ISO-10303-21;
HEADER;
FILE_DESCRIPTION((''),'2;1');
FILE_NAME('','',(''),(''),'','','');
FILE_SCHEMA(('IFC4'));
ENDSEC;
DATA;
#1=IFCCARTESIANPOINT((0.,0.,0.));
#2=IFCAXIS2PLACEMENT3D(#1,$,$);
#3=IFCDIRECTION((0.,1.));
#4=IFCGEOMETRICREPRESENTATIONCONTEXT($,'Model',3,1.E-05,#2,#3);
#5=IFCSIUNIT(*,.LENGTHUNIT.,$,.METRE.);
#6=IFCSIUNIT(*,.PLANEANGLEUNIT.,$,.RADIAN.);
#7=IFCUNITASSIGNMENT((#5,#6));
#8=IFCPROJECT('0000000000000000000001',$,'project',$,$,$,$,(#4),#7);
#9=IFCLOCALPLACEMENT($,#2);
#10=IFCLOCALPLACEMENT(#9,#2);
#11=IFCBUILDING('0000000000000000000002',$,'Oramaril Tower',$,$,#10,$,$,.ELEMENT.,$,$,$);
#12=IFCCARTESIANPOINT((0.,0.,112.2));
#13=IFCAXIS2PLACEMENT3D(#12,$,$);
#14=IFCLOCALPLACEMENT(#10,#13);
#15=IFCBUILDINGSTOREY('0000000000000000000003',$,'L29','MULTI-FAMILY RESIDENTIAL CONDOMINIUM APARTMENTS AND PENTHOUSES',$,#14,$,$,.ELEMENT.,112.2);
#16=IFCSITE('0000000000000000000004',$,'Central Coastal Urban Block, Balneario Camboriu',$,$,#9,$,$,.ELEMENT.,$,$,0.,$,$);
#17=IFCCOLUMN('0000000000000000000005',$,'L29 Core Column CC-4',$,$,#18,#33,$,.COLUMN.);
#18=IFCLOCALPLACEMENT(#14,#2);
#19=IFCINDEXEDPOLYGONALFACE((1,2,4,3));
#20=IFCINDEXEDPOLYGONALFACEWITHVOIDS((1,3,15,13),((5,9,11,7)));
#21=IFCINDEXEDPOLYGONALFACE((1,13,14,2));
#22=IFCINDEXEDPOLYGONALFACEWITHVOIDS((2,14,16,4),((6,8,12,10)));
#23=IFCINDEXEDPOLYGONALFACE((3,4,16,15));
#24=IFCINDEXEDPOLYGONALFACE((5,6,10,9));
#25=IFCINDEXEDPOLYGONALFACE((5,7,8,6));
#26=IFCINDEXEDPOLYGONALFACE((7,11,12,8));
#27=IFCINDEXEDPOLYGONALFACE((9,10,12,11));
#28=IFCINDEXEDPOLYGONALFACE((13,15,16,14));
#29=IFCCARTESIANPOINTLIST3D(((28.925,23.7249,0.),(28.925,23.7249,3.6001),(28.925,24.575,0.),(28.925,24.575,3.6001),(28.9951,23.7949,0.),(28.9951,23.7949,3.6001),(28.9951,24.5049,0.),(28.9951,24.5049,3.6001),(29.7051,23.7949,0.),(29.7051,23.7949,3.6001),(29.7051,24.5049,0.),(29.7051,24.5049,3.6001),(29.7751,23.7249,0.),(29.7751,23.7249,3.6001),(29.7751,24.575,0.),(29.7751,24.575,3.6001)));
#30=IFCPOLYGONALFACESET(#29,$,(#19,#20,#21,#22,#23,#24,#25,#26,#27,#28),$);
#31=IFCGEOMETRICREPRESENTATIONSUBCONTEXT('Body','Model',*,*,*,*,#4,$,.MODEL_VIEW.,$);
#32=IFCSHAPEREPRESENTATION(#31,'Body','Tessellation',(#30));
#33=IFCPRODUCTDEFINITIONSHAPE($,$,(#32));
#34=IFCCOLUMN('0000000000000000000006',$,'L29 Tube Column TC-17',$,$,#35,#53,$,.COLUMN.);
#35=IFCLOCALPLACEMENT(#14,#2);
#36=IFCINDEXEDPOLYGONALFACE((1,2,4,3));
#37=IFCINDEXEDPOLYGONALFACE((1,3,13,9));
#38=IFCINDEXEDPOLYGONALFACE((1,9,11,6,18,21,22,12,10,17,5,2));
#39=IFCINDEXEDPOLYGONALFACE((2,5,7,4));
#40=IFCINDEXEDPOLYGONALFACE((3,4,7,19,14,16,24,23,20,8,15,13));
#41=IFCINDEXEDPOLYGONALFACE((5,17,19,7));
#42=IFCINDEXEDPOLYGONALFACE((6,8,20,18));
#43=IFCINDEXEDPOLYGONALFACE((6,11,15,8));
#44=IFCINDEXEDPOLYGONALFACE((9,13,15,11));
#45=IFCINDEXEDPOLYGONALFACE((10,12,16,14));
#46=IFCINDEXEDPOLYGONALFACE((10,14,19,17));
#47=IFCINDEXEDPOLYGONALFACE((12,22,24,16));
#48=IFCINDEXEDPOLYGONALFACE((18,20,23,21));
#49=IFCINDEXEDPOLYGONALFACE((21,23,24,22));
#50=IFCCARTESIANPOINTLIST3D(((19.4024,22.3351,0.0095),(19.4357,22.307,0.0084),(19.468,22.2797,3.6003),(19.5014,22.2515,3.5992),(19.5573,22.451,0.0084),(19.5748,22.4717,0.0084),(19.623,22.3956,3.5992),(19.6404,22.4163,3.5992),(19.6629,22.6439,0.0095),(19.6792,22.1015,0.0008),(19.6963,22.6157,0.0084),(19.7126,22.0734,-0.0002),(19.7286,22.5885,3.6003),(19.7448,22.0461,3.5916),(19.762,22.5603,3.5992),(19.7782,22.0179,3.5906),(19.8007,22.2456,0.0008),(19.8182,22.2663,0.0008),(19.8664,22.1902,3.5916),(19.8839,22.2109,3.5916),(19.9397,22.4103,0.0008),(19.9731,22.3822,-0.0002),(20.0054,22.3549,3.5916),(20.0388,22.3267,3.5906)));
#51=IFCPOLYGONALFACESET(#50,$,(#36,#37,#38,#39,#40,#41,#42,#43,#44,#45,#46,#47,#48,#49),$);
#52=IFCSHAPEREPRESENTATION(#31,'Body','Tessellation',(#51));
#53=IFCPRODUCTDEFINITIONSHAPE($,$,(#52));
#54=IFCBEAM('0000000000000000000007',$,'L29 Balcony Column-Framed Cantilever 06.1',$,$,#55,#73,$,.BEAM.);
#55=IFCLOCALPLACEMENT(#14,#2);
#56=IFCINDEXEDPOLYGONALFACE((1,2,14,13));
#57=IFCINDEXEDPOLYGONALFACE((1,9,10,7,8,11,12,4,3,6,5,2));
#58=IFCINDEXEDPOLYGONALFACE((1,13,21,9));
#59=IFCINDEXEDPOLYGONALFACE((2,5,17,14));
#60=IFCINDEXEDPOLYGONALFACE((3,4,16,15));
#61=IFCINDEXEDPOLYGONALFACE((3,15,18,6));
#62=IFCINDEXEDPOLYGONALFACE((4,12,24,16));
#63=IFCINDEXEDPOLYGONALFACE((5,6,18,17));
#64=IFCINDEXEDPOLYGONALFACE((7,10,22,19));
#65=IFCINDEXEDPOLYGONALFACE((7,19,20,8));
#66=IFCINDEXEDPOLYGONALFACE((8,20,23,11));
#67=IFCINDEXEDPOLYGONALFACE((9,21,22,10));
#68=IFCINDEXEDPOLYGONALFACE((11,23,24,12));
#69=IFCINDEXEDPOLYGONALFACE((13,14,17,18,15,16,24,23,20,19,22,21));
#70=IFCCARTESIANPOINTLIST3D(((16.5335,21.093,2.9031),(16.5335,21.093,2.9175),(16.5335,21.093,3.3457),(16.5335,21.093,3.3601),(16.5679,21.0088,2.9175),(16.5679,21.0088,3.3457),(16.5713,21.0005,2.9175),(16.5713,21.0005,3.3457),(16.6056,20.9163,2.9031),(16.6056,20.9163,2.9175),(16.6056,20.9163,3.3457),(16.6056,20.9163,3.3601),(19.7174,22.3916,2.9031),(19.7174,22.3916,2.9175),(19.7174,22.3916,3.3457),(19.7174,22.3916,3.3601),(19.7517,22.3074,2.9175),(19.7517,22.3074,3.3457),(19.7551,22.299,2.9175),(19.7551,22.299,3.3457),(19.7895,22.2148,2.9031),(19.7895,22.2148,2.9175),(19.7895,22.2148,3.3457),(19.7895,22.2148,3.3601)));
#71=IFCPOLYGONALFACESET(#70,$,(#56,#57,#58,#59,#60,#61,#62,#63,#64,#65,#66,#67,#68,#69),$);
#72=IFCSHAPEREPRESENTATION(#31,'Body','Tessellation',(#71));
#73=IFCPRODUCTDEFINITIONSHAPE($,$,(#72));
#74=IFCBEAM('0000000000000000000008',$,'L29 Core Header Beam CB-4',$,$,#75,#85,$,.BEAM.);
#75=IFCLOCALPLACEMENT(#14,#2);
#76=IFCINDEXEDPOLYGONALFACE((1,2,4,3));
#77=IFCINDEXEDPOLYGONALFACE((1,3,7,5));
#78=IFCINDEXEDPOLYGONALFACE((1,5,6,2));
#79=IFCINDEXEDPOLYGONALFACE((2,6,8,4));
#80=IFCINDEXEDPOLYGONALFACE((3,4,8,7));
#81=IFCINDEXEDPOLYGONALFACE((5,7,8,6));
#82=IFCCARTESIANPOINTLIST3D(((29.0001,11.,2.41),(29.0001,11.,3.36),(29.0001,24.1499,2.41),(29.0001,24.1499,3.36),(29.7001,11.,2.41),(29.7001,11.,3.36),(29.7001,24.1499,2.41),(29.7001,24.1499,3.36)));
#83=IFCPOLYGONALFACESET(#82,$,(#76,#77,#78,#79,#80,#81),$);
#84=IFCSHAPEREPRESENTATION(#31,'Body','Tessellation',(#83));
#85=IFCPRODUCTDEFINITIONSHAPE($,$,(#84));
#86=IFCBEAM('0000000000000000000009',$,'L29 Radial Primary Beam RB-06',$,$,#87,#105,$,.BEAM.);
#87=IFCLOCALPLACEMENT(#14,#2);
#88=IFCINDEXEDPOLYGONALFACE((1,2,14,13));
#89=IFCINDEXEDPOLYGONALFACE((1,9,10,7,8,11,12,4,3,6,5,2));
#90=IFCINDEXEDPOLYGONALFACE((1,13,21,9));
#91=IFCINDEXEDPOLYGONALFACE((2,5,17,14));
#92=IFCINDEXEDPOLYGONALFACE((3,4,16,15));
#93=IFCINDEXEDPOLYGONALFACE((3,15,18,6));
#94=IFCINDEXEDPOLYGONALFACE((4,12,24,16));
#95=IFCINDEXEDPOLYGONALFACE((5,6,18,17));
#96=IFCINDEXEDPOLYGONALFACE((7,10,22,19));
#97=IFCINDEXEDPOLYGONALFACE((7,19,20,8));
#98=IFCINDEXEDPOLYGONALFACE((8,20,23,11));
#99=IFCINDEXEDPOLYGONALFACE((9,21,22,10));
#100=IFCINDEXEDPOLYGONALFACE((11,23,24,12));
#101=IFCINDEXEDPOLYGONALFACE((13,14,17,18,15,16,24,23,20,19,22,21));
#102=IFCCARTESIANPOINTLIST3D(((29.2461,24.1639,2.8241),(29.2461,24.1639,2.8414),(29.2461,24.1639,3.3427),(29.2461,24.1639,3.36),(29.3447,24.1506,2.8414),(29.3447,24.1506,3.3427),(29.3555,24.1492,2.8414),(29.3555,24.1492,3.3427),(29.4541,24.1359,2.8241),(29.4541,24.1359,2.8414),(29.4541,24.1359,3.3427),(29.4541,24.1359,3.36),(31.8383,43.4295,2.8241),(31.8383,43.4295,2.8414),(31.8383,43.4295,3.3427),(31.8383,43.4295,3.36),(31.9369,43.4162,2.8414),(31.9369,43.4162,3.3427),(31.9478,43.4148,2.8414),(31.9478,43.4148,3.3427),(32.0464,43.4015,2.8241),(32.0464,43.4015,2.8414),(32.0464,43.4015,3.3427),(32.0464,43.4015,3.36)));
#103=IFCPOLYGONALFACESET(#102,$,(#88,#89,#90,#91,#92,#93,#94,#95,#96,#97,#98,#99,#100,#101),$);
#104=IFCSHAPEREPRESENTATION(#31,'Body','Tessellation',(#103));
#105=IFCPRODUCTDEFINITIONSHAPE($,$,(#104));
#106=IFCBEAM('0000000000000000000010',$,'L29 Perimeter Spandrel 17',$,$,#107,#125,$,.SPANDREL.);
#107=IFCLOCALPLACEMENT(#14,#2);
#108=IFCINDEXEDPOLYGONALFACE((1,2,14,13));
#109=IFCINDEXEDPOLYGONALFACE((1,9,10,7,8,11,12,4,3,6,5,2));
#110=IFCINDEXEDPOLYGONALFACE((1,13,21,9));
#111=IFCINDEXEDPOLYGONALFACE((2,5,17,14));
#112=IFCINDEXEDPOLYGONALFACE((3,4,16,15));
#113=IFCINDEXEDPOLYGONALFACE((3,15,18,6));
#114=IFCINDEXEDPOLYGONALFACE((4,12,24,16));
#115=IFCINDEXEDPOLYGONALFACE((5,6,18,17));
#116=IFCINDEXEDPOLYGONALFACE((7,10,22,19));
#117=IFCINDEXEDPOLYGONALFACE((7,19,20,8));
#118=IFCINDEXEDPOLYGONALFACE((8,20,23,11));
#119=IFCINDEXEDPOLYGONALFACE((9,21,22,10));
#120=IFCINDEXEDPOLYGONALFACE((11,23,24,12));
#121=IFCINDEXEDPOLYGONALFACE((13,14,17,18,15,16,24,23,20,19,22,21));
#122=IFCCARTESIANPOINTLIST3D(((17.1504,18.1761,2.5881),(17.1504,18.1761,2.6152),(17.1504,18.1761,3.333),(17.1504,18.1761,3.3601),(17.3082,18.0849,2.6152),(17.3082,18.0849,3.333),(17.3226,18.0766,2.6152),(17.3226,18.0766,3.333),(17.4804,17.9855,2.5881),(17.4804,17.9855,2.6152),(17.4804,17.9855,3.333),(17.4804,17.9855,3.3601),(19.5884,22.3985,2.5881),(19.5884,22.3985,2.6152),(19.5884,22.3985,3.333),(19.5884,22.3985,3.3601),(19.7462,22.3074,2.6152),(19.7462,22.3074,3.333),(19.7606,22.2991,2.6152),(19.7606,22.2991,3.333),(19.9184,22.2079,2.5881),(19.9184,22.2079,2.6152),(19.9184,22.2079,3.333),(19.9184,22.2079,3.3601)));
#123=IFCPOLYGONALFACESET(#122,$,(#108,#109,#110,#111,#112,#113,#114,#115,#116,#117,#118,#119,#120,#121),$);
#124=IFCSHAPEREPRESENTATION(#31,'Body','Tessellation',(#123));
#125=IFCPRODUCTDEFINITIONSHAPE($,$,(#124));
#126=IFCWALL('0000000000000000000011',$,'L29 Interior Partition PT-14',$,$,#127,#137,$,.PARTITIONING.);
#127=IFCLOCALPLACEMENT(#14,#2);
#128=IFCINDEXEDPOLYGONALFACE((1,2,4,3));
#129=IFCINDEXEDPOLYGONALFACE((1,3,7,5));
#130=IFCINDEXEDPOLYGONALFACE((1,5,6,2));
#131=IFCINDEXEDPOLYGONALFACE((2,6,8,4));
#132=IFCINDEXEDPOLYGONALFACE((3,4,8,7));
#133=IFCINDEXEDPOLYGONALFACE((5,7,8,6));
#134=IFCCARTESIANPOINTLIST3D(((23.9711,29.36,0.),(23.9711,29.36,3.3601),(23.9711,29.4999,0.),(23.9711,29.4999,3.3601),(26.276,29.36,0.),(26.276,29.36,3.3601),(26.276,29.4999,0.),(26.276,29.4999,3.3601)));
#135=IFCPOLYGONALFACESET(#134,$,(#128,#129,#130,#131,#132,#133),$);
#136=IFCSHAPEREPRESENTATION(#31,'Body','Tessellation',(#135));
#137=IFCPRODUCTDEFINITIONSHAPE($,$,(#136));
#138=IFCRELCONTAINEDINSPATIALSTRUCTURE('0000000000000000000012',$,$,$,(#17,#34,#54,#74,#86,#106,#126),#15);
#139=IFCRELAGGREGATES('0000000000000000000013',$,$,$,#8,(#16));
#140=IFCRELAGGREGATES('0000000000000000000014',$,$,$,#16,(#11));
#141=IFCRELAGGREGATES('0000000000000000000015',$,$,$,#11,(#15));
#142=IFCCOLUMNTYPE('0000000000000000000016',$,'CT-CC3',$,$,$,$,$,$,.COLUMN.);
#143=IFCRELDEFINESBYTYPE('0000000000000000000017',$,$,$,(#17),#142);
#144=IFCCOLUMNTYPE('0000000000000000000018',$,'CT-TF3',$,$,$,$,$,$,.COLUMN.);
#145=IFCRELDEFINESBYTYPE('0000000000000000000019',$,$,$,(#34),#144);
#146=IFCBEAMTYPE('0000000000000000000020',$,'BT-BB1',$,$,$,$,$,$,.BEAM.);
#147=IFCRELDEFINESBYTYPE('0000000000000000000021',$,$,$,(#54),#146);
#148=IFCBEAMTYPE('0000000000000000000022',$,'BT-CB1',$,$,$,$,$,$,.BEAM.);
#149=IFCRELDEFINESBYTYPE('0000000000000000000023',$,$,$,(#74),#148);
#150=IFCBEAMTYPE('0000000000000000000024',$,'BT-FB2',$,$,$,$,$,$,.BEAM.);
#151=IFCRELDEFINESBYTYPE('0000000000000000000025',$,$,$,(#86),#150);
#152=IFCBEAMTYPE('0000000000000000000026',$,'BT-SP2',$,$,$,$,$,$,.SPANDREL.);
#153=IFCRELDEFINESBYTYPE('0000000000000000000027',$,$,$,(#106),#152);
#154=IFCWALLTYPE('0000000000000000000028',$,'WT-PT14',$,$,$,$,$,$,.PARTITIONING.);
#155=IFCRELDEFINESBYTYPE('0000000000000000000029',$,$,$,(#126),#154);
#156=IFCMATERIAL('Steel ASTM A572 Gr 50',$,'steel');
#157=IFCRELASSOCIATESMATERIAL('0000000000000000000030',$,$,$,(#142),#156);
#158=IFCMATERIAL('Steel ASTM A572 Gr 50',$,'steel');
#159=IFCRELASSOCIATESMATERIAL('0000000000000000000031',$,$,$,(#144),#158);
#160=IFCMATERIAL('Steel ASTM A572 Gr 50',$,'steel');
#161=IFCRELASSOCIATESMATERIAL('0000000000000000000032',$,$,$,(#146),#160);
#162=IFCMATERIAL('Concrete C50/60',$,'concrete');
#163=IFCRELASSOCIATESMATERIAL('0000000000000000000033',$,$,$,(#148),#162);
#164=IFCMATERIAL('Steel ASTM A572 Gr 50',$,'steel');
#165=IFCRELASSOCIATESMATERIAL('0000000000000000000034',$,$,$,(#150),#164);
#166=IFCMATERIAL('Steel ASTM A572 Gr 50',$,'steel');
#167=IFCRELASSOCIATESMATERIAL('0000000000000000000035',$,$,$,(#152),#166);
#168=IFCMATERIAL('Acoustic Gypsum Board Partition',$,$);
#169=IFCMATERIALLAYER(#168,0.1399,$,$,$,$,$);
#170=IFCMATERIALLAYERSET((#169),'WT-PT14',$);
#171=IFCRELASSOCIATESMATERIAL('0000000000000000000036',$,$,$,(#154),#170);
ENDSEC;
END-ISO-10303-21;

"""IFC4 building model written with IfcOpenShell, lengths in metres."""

from ifc_helpers import new_model, si_unit, direction, frame, frame_2d, origin, origin_2d, place, context, subcontext, project, spatial, rectangle, hollow_rectangle, i_section, extrude, material, layer, layer_set, material_profile, profile_set, type_object, element, save


model = new_model("IFC4")

# Units and contexts
model_context = context("Model", 3, precision=1e-05, world=origin(), true_north=direction((0.0, 1.0)))
body_context = subcontext(model_context, "Body", "Model", "MODEL_VIEW")
ifc_project = project(units=[si_unit("LENGTHUNIT", "METRE"), si_unit("PLANEANGLEUNIT", "RADIAN")], contexts=[model_context])

# Site, building, storey
site_placement = place(None, origin())
site = spatial("IfcSite", under=ifc_project, at=site_placement, Name="Central Coastal Urban Block, Balneario Camboriu", CompositionType="ELEMENT", RefElevation=0.0)
building_placement = place(site_placement, origin())
building = spatial("IfcBuilding", under=site, at=building_placement, Name="Oramaril Tower", CompositionType="ELEMENT")
storey_placement = place(building_placement, frame((0.0, 0.0, 112.2)))
storey = spatial("IfcBuildingStorey", under=building, at=storey_placement, Name="L29", Description="MULTI-FAMILY RESIDENTIAL CONDOMINIUM APARTMENTS AND PENTHOUSES", CompositionType="ELEMENT", Elevation=112.2)

# Columns
ifc_material_1 = material(Name="Steel ASTM A572 Gr 50", Category="steel")
ifc_material_profile_1 = material_profile(ifc_material_1, hollow_rectangle(XDim=0.8501, YDim=0.8501, WallThickness=0.0701, at=origin_2d()), Name="BOX850X850X70")
ifc_profile_set_1 = profile_set([ifc_material_profile_1], Name="Steel ASTM A572 Gr 50")
column_type_1 = type_object("IfcColumnType", Name="CT-CC3", PredefinedType="COLUMN", material=ifc_profile_set_1)
column_1_placement = place(storey_placement, frame((29.3501, 24.1499, 0.0), z_axis=(0.0, 0.0, 1.0), x_axis=(1.0, 0.0, 0.0)))
element("IfcColumn", 1, at=column_1_placement, inside=storey, type_object=column_type_1, Name="L29 Core Column CC-4", PredefinedType="COLUMN", context=body_context, shape_type="SweptSolid", body=[
    extrude(hollow_rectangle(XDim=0.8501, YDim=0.8501, WallThickness=0.0701, at=origin_2d()), origin(), (0.0, 0.0, 1.0), 3.6001),
])
ifc_material_2 = material(Name="Steel ASTM A572 Gr 50", Category="steel")
ifc_material_profile_2 = material_profile(ifc_material_2, i_section(OverallWidth=0.4041, OverallDepth=0.406, WebThickness=0.0271, FlangeThickness=0.0437, at=origin_2d()), Name="W14X233")
ifc_profile_set_2 = profile_set([ifc_material_profile_2], Name="Steel ASTM A572 Gr 50")
column_type_2 = type_object("IfcColumnType", Name="CT-TF3", PredefinedType="COLUMN", material=ifc_profile_set_2)
column_2_placement = place(storey_placement, frame((19.6877, 22.3586, 0.0046), z_axis=(0.018284, -0.015429, 0.999714), x_axis=(0.644923, 0.764248, 0.0)))
element("IfcColumn", 2, at=column_2_placement, inside=storey, type_object=column_type_2, Name="L29 Tube Column TC-17", PredefinedType="COLUMN", context=body_context, shape_type="SweptSolid", body=[
    extrude(i_section(OverallWidth=0.4041, OverallDepth=0.406, WebThickness=0.0271, FlangeThickness=0.0437, at=origin_2d()), origin(), (0.0, 0.0, 1.0), 3.5918),
])

# Beams
ifc_material_3 = material(Name="Steel ASTM A572 Gr 50", Category="steel")
ifc_material_profile_3 = material_profile(ifc_material_3, i_section(OverallWidth=0.1909, OverallDepth=0.457, WebThickness=0.009, FlangeThickness=0.0144, at=origin_2d()), Name="W18X50")
ifc_profile_set_3 = profile_set([ifc_material_profile_3], Name="Steel ASTM A572 Gr 50")
beam_type_1 = type_object("IfcBeamType", Name="BT-BB1", PredefinedType="BEAM", material=ifc_profile_set_3)
beam_1_placement = place(storey_placement, frame((19.7534, 22.3032, 3.1316), z_axis=(-0.925943, -0.377662, 0.0), x_axis=(0.377662, -0.925943, 0.0)))
element("IfcBeam", 3, at=beam_1_placement, inside=storey, type_object=beam_type_1, Name="L29 Balcony Column-Framed Cantilever 06.1", PredefinedType="BEAM", context=body_context, shape_type="SweptSolid", body=[
    extrude(i_section(OverallWidth=0.1909, OverallDepth=0.457, WebThickness=0.009, FlangeThickness=0.0144, at=origin_2d()), origin(), (0.0, 0.0, 1.0), 3.4385),
])
ifc_material_4 = material(Name="Concrete C50/60", Category="concrete")
ifc_material_profile_4 = material_profile(ifc_material_4, rectangle(XDim=0.7, YDim=0.95, at=origin_2d()), Name="CB700X950")
ifc_profile_set_4 = profile_set([ifc_material_profile_4], Name="Concrete C50/60")
beam_type_2 = type_object("IfcBeamType", Name="BT-CB1", PredefinedType="BEAM", material=ifc_profile_set_4)
beam_2_placement = place(storey_placement, frame((29.3501, 24.1499, 2.885), z_axis=(0.0, -1.0, 0.0), x_axis=(1.0, 0.0, 0.0)))
element("IfcBeam", 4, at=beam_2_placement, inside=storey, type_object=beam_type_2, Name="L29 Core Header Beam CB-4", PredefinedType="BEAM", context=body_context, shape_type="SweptSolid", body=[
    extrude(rectangle(XDim=0.7, YDim=0.95, at=origin_2d()), origin(), (0.0, 0.0, 1.0), 13.1499),
])
ifc_material_5 = material(Name="Steel ASTM A572 Gr 50", Category="steel")
ifc_material_profile_5 = material_profile(ifc_material_5, i_section(OverallWidth=0.21, OverallDepth=0.5359, WebThickness=0.011, FlangeThickness=0.0173, at=origin_2d()), Name="W21X68")
ifc_profile_set_5 = profile_set([ifc_material_profile_5], Name="Steel ASTM A572 Gr 50")
beam_type_3 = type_object("IfcBeamType", Name="BT-FB2", PredefinedType="BEAM", material=ifc_profile_set_5)
beam_3_placement = place(storey_placement, frame((29.3501, 24.1499, 3.092), z_axis=(0.133353, 0.991069, 0.0), x_axis=(-0.991069, 0.133353, 0.0)))
element("IfcBeam", 5, at=beam_3_placement, inside=storey, type_object=beam_type_3, Name="L29 Radial Primary Beam RB-06", PredefinedType="BEAM", context=body_context, shape_type="SweptSolid", body=[
    extrude(i_section(OverallWidth=0.21, OverallDepth=0.5359, WebThickness=0.011, FlangeThickness=0.0173, at=origin_2d()), origin(), (0.0, 0.0, 1.0), 19.4392),
])
ifc_material_6 = material(Name="Steel ASTM A572 Gr 50", Category="steel")
ifc_material_profile_6 = material_profile(ifc_material_6, i_section(OverallWidth=0.3811, OverallDepth=0.772, WebThickness=0.0166, FlangeThickness=0.0271, at=origin_2d()), Name="W30X173")
ifc_profile_set_6 = profile_set([ifc_material_profile_6], Name="Steel ASTM A572 Gr 50")
beam_type_4 = type_object("IfcBeamType", Name="BT-SP2", PredefinedType="SPANDREL", material=ifc_profile_set_6)
beam_4_placement = place(storey_placement, frame((19.7534, 22.3032, 2.9741), z_axis=(-0.500027, -0.86601, 0.0), x_axis=(0.86601, -0.500027, 0.0)))
element("IfcBeam", 6, at=beam_4_placement, inside=storey, type_object=beam_type_4, Name="L29 Perimeter Spandrel 17", PredefinedType="SPANDREL", context=body_context, shape_type="SweptSolid", body=[
    extrude(i_section(OverallWidth=0.3811, OverallDepth=0.772, WebThickness=0.0166, FlangeThickness=0.0271, at=origin_2d()), origin(), (0.0, 0.0, 1.0), 4.8757),
])

# Wall
ifc_material_7 = material(Name="Acoustic Gypsum Board Partition")
ifc_layer_1 = layer(ifc_material_7, 0.1399)
ifc_layer_set_1 = layer_set([ifc_layer_1], Name="WT-PT14")
wall_type_1 = type_object("IfcWallType", Name="WT-PT14", PredefinedType="PARTITIONING", material=ifc_layer_set_1)
wall_1_placement = place(storey_placement, frame((23.9712, 29.4299, 0.0), z_axis=(0.0, 0.0, 1.0), x_axis=(1.0, 0.0, 0.0)))
element("IfcWall", 7, at=wall_1_placement, inside=storey, type_object=wall_type_1, Name="L29 Interior Partition PT-14", PredefinedType="PARTITIONING", context=body_context, shape_type="SweptSolid", body=[
    extrude(rectangle(XDim=2.3049, YDim=0.1399, at=frame_2d((1.1523, 0.0))), origin(), (0.0, 0.0, 1.0), 3.3601),
])

save(model, "model.ifc")
